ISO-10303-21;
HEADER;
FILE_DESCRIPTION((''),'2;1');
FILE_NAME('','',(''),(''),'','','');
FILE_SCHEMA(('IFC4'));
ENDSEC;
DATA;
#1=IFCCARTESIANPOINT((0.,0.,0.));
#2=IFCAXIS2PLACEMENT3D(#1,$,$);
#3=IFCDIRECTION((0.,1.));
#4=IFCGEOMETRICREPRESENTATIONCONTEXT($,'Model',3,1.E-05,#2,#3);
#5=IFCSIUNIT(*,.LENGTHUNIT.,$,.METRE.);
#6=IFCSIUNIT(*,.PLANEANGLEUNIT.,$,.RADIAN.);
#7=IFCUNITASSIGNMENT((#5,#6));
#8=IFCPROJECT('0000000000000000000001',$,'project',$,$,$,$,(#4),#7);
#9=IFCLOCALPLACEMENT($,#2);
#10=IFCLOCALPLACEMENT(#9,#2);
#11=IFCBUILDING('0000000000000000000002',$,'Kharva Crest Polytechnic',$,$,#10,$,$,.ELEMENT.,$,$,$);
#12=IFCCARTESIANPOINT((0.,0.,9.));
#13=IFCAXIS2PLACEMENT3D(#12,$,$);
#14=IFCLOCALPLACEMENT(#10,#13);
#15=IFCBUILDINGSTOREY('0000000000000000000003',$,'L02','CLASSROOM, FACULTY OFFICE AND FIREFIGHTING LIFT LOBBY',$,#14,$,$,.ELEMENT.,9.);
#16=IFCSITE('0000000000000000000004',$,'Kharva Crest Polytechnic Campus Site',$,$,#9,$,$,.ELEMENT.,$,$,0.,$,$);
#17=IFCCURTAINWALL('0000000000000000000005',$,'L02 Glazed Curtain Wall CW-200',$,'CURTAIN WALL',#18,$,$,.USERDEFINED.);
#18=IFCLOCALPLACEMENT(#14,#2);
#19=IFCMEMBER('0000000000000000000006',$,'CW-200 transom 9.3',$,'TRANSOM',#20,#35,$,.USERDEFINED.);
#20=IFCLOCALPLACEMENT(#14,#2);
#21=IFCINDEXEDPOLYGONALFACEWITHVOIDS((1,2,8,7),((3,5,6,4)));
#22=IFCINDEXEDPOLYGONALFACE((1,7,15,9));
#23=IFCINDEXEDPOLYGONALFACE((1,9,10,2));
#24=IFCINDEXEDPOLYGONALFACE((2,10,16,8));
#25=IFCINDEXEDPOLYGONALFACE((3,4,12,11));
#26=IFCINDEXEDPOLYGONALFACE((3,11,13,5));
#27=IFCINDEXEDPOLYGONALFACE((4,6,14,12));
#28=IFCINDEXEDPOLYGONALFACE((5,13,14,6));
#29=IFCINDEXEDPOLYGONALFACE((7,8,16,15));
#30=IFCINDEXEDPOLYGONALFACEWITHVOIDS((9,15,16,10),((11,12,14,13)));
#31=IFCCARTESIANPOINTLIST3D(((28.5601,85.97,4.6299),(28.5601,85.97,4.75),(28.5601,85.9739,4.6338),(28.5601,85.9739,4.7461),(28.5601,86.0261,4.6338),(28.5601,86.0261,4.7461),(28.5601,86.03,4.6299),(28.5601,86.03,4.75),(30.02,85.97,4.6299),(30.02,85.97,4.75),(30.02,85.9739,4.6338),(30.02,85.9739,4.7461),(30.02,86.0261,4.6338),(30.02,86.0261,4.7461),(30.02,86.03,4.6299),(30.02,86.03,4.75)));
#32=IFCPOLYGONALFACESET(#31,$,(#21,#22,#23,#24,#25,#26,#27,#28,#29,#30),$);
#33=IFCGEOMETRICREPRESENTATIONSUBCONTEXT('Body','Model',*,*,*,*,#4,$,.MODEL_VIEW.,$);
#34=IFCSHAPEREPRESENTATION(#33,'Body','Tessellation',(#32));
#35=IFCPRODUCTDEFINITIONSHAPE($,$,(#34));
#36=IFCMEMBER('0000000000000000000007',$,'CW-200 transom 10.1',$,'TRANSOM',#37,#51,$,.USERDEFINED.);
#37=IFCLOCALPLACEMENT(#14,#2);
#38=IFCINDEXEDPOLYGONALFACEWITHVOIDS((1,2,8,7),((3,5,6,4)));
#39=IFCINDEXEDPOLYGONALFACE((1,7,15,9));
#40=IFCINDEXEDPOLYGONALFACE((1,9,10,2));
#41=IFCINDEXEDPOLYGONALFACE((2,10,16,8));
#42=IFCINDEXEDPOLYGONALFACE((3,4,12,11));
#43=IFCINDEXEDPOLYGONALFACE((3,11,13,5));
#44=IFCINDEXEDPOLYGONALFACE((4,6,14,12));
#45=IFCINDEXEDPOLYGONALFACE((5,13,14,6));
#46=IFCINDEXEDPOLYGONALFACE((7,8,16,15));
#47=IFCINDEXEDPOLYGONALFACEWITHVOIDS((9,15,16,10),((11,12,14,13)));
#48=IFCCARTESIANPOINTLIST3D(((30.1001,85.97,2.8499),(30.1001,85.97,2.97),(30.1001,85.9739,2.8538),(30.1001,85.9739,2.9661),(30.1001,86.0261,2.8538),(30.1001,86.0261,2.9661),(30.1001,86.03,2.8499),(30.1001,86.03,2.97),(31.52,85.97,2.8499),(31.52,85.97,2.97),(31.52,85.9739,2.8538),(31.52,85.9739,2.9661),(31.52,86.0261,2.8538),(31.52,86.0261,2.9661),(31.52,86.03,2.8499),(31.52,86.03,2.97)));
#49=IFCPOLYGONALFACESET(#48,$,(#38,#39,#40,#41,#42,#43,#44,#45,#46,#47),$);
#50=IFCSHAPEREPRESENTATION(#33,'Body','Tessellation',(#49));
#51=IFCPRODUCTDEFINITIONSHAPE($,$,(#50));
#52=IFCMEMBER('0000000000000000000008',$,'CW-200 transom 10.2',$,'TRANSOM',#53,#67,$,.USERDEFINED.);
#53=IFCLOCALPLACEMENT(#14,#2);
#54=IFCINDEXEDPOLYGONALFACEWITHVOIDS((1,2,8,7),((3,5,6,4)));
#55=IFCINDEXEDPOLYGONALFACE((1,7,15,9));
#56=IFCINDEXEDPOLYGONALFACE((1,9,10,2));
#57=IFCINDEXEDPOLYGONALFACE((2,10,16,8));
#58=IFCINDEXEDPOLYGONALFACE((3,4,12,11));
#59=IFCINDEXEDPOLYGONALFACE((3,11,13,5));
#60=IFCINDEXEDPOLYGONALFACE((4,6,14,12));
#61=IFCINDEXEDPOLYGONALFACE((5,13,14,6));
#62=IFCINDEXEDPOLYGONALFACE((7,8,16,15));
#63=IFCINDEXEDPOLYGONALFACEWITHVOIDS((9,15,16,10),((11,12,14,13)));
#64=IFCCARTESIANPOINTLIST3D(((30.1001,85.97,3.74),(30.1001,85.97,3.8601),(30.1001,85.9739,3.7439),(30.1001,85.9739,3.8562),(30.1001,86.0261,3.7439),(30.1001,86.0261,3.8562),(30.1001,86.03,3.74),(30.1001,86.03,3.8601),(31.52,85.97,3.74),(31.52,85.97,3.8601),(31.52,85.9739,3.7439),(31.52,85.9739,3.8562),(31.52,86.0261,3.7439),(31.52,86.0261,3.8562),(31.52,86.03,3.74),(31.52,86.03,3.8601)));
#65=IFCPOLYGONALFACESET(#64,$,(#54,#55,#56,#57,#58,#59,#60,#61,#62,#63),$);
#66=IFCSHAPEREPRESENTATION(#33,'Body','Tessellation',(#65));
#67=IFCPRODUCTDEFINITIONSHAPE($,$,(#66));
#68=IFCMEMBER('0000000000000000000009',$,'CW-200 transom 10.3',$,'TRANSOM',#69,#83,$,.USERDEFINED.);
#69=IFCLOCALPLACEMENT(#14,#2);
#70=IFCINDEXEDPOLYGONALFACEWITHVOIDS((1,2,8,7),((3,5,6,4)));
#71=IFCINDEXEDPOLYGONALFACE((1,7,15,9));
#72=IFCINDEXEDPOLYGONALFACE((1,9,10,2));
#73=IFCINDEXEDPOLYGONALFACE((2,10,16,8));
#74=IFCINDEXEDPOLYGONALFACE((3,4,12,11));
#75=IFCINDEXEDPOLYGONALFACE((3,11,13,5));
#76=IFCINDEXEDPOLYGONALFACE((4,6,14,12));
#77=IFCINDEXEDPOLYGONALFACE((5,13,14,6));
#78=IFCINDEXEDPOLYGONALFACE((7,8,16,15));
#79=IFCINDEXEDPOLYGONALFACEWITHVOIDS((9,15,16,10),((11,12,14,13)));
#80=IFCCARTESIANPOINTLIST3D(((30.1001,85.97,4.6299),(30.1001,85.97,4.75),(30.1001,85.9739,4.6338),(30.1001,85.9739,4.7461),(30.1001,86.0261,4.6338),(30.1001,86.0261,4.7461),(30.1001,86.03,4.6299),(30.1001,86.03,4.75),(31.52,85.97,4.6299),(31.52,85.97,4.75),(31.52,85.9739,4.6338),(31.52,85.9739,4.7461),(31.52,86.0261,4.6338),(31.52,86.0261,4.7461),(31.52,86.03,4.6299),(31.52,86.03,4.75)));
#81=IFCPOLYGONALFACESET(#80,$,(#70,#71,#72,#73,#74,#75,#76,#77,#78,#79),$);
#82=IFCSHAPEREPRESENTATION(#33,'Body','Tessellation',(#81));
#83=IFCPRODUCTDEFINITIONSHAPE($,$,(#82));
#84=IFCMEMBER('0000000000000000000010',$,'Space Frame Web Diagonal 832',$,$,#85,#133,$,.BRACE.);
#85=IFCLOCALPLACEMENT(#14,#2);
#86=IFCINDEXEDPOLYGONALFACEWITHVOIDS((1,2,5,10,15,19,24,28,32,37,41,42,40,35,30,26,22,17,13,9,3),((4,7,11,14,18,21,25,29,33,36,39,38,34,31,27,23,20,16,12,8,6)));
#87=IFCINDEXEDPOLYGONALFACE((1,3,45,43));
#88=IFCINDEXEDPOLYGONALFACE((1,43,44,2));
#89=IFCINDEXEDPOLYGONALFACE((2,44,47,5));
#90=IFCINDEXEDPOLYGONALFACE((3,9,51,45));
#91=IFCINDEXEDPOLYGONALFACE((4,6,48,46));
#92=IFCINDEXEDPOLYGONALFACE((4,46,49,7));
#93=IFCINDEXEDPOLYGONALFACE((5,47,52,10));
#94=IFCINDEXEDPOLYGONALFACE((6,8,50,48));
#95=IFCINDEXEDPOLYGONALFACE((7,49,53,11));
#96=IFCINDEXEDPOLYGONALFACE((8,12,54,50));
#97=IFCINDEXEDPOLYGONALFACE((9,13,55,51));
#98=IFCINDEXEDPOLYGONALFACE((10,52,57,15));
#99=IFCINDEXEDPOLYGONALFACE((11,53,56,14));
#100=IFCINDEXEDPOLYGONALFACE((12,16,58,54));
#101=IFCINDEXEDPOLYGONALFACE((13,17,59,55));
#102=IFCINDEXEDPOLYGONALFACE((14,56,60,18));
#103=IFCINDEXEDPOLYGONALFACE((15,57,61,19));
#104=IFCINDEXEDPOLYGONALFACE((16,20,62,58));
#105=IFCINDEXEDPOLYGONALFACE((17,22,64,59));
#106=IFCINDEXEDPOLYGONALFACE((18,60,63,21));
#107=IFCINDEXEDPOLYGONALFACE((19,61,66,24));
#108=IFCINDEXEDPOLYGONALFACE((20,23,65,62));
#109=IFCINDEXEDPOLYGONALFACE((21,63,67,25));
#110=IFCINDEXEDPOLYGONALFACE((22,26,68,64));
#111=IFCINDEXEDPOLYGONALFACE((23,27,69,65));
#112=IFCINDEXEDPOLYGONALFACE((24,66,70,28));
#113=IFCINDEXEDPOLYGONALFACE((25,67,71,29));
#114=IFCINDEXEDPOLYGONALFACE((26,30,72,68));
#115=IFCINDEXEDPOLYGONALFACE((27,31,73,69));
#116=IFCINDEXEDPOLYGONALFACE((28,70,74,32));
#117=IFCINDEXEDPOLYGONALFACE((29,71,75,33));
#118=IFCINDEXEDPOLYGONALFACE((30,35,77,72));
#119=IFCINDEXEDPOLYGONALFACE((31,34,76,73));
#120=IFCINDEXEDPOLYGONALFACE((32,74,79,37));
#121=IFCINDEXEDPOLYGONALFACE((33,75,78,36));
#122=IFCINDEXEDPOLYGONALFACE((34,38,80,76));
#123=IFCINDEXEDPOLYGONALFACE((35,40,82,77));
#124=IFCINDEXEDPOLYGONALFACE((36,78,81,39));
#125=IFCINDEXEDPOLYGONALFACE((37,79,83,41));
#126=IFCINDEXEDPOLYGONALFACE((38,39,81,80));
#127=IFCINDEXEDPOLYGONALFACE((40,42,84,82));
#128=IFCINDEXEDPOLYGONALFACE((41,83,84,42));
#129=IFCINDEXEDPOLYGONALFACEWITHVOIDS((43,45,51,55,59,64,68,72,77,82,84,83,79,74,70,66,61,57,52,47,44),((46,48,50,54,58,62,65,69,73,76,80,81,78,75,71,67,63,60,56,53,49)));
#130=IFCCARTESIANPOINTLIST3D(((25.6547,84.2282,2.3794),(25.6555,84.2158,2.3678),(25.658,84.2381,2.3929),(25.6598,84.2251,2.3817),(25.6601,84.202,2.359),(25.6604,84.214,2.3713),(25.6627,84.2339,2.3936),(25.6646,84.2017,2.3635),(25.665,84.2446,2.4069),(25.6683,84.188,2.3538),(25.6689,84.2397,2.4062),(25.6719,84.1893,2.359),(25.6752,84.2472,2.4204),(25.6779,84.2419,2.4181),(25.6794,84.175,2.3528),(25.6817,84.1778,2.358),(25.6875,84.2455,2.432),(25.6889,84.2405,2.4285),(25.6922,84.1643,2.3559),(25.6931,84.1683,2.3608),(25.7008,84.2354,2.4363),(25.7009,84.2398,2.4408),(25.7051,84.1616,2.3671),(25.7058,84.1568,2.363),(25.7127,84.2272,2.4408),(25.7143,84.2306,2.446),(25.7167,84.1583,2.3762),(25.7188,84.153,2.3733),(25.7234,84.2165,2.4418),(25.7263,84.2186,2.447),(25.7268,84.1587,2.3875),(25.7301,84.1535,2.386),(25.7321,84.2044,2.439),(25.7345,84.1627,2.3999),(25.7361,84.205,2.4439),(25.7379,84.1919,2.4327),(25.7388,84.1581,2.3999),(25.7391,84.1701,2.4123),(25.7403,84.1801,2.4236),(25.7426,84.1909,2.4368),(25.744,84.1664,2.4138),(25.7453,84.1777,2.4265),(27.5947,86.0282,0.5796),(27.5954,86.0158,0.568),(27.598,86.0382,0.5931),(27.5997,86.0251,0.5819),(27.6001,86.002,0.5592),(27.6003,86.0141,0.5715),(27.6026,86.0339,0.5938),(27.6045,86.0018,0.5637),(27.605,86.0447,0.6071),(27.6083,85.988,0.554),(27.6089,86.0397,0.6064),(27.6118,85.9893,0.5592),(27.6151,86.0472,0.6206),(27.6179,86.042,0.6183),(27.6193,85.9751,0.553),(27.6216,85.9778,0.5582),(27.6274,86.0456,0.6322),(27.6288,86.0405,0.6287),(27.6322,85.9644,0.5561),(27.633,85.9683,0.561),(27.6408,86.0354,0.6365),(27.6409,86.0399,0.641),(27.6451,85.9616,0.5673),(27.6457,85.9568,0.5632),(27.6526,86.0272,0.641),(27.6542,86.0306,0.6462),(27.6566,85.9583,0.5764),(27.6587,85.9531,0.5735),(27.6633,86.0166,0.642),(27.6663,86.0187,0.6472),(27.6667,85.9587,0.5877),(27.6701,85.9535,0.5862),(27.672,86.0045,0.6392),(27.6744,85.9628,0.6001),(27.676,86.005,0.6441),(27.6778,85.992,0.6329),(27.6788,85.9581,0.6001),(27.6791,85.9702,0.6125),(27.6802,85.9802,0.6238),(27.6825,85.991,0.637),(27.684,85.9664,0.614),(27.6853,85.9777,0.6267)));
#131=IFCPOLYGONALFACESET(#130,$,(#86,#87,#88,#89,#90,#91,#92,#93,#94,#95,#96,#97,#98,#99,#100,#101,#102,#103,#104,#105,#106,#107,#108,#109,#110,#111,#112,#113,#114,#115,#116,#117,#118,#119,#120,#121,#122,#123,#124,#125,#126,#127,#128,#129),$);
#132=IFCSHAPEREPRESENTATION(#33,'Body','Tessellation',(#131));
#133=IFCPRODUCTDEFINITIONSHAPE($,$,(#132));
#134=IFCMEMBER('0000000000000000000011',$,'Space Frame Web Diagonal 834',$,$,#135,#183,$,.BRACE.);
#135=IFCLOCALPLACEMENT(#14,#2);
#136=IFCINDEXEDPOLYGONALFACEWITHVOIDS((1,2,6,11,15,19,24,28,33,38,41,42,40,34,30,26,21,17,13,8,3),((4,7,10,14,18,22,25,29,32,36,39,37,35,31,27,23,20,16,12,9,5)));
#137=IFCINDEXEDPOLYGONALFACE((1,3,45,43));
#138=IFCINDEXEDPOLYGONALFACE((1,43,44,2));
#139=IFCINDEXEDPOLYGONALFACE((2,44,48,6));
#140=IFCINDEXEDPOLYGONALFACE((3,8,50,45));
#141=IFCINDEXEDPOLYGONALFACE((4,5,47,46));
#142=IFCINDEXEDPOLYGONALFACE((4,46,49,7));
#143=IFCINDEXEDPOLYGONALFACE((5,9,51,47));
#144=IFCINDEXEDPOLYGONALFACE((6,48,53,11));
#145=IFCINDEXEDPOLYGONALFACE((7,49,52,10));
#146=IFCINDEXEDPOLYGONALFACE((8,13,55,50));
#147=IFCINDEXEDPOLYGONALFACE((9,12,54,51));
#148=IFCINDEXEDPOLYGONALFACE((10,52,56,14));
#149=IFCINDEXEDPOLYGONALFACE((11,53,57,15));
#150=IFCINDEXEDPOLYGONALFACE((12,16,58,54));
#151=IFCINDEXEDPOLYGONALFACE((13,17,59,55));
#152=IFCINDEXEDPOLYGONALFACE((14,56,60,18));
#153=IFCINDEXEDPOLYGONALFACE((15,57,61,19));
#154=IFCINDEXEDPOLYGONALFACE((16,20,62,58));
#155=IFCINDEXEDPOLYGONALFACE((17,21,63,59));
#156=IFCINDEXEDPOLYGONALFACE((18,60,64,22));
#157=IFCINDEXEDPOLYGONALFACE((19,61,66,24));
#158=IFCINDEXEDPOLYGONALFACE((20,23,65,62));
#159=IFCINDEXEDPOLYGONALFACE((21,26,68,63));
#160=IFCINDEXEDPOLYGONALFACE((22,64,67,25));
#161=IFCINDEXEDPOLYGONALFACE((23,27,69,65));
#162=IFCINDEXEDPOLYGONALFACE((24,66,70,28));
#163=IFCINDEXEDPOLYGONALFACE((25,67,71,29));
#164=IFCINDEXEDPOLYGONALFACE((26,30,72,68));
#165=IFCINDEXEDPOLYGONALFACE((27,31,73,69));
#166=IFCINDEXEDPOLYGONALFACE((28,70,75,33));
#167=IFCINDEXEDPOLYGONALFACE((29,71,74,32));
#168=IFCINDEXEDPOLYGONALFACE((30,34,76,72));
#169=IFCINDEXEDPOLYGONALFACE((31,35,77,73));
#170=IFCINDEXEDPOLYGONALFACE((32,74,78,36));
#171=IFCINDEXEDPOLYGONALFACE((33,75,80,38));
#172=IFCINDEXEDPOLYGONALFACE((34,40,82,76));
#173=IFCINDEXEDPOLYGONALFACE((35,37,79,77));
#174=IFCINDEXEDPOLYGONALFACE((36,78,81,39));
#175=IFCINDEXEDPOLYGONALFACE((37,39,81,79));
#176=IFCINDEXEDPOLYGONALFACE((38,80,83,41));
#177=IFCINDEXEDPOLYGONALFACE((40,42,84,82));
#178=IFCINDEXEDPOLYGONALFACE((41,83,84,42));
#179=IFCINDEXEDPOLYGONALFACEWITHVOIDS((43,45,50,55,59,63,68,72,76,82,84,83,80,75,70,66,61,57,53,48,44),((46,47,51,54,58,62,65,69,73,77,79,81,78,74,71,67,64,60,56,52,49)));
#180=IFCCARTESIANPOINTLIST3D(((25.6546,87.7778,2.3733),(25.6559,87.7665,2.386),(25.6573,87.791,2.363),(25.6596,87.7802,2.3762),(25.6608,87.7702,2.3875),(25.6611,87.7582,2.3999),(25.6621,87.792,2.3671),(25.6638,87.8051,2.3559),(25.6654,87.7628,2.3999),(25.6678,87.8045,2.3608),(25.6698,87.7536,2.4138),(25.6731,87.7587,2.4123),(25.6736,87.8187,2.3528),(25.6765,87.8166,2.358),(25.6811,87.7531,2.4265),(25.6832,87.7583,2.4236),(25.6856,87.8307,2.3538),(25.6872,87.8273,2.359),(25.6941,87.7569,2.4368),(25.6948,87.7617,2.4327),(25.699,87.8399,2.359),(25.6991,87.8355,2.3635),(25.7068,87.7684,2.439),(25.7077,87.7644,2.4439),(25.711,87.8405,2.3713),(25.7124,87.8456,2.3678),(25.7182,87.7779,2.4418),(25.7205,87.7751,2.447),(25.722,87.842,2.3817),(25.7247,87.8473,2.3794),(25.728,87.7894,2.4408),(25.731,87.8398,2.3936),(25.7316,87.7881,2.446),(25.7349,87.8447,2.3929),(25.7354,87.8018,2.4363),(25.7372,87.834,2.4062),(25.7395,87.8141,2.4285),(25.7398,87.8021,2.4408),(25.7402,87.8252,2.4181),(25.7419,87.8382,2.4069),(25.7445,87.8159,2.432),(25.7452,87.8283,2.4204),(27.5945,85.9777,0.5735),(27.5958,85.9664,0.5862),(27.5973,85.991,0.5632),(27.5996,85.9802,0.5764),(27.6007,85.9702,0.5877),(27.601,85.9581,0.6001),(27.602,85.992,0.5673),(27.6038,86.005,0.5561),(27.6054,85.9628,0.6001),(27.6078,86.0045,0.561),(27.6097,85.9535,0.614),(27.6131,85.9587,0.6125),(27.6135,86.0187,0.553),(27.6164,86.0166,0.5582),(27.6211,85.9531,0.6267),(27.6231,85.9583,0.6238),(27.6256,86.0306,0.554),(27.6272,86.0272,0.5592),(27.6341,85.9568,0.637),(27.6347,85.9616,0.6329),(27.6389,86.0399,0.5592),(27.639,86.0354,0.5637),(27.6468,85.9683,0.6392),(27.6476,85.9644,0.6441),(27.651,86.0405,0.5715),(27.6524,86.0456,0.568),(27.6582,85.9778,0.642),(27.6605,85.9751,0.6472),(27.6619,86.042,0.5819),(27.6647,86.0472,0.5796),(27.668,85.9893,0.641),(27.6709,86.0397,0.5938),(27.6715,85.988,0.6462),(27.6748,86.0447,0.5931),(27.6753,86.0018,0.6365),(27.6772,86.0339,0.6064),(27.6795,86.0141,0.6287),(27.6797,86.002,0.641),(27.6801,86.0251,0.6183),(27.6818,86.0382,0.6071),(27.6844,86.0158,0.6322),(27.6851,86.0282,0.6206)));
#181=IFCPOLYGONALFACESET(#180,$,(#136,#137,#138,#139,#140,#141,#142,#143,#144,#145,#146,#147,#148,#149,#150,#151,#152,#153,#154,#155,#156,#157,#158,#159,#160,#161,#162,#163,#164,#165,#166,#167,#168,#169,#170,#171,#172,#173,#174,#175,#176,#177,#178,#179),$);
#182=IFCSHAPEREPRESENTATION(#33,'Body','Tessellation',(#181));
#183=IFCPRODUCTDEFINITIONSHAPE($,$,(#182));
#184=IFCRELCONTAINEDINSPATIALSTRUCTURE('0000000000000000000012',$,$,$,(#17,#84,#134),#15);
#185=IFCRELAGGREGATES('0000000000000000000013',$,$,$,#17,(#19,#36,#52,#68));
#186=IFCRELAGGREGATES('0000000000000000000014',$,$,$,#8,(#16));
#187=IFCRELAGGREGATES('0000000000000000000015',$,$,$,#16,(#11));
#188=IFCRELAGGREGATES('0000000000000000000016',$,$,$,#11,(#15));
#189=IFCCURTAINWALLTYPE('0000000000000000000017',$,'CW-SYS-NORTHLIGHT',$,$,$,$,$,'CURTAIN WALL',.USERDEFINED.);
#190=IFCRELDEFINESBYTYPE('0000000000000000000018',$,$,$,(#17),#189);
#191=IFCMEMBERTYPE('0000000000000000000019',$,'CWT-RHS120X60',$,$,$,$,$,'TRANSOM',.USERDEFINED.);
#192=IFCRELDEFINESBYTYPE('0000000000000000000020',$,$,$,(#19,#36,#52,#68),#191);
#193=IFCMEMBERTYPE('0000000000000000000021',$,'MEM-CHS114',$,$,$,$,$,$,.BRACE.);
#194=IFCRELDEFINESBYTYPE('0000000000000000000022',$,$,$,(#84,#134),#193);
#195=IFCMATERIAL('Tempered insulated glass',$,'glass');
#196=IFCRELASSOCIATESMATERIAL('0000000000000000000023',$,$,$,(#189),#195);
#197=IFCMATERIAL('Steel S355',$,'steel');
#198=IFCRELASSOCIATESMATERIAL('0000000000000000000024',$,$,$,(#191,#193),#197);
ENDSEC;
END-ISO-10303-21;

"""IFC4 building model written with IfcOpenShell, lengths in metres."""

from ifc_helpers import new_model, si_unit, direction, frame, origin, origin_2d, place, context, subcontext, project, spatial, hollow_rectangle, hollow_circle, extrude, material, material_profile, profile_set, type_object, element, aggregate, save


model = new_model("IFC4")

# Units and contexts
model_context = context("Model", 3, precision=1e-05, world=origin(), true_north=direction((0.0, 1.0)))
body_context = subcontext(model_context, "Body", "Model", "MODEL_VIEW")
ifc_project = project(units=[si_unit("LENGTHUNIT", "METRE"), si_unit("PLANEANGLEUNIT", "RADIAN")], contexts=[model_context])

# Site, building, storey
site_placement = place(None, origin())
site = spatial("IfcSite", under=ifc_project, at=site_placement, Name="Kharva Crest Polytechnic Campus Site", CompositionType="ELEMENT", RefElevation=0.0)
building_placement = place(site_placement, origin())
building = spatial("IfcBuilding", under=site, at=building_placement, Name="Kharva Crest Polytechnic", CompositionType="ELEMENT")
storey_placement = place(building_placement, frame((0.0, 0.0, 9.0)))
storey = spatial("IfcBuildingStorey", under=building, at=storey_placement, Name="L02", Description="CLASSROOM, FACULTY OFFICE AND FIREFIGHTING LIFT LOBBY", CompositionType="ELEMENT", Elevation=9.0)

# Curtain wall, members
ifc_material_1 = material(Name="Tempered insulated glass", Category="glass")
curtain_wall_type = type_object("IfcCurtainWallType", Name="CW-SYS-NORTHLIGHT", ElementType="CURTAIN WALL", PredefinedType="USERDEFINED", material=ifc_material_1)
curtain_wall_placement = place(storey_placement, origin())
curtain_wall = element("IfcCurtainWall", 1, at=curtain_wall_placement, inside=storey, type_object=curtain_wall_type, Name="L02 Glazed Curtain Wall CW-200", ObjectType="CURTAIN WALL", PredefinedType="USERDEFINED")
ifc_material_2 = material(Name="Steel S355", Category="steel")
ifc_material_profile_1 = material_profile(ifc_material_2, hollow_rectangle(XDim=0.0601, YDim=0.1201, WallThickness=0.0039, at=origin_2d()), Name="RHS 120X60X4.0")
ifc_profile_set_1 = profile_set([ifc_material_profile_1], Name="Steel S355")
member_type_1 = type_object("IfcMemberType", Name="CWT-RHS120X60", ElementType="TRANSOM", PredefinedType="USERDEFINED", material=ifc_profile_set_1)
member_1_placement = place(storey_placement, frame((28.5601, 86.0, 4.6899), z_axis=(1.0, 0.0, 0.0), x_axis=(0.0, 1.0, 0.0)))
member_1 = element("IfcMember", 2, at=member_1_placement, type_object=member_type_1, Name="CW-200 transom 9.3", ObjectType="TRANSOM", PredefinedType="USERDEFINED", context=body_context, shape_type="SweptSolid", body=[
    extrude(hollow_rectangle(XDim=0.0601, YDim=0.1201, WallThickness=0.0039, at=origin_2d()), origin(), (0.0, 0.0, 1.0), 1.46),
])
member_2_placement = place(storey_placement, frame((30.1001, 86.0, 2.9099), z_axis=(1.0, 0.0, 0.0), x_axis=(0.0, 1.0, 0.0)))
member_2 = element("IfcMember", 3, at=member_2_placement, type_object=member_type_1, Name="CW-200 transom 10.1", ObjectType="TRANSOM", PredefinedType="USERDEFINED", context=body_context, shape_type="SweptSolid", body=[
    extrude(hollow_rectangle(XDim=0.0601, YDim=0.1201, WallThickness=0.0039, at=origin_2d()), origin(), (0.0, 0.0, 1.0), 1.4199),
])
member_3_placement = place(storey_placement, frame((30.1001, 86.0, 3.8), z_axis=(1.0, 0.0, 0.0), x_axis=(0.0, 1.0, 0.0)))
member_3 = element("IfcMember", 4, at=member_3_placement, type_object=member_type_1, Name="CW-200 transom 10.2", ObjectType="TRANSOM", PredefinedType="USERDEFINED", context=body_context, shape_type="SweptSolid", body=[
    extrude(hollow_rectangle(XDim=0.0601, YDim=0.1201, WallThickness=0.0039, at=origin_2d()), origin(), (0.0, 0.0, 1.0), 1.4199),
])
member_4_placement = place(storey_placement, frame((30.1001, 86.0, 4.6899), z_axis=(1.0, 0.0, 0.0), x_axis=(0.0, 1.0, 0.0)))
member_4 = element("IfcMember", 5, at=member_4_placement, type_object=member_type_1, Name="CW-200 transom 10.3", ObjectType="TRANSOM", PredefinedType="USERDEFINED", context=body_context, shape_type="SweptSolid", body=[
    extrude(hollow_rectangle(XDim=0.0601, YDim=0.1201, WallThickness=0.0039, at=origin_2d()), origin(), (0.0, 0.0, 1.0), 1.4199),
])

# Members
ifc_material_profile_2 = material_profile(ifc_material_2, hollow_circle(Radius=0.0571, WallThickness=0.0063, at=origin_2d()), Name="CHS 114.3X6.3")
ifc_profile_set_2 = profile_set([ifc_material_profile_2], Name="Steel S355")
member_type_2 = type_object("IfcMemberType", Name="MEM-CHS114", PredefinedType="BRACE", material=ifc_profile_set_2)
for number, where, z_axis, x_axis, name in (
    (6, (27.6399, 86.0, 0.6001), (-0.606147, -0.562437, 0.562361), (0.680182, -0.733043, 0.0), "Space Frame Web Diagonal 832"),
    (7, (27.6399, 86.0, 0.6001), (-0.606147, 0.562437, 0.562361), (-0.680182, -0.733043, 0.0), "Space Frame Web Diagonal 834"),
):
    element("IfcMember", number, at=place(storey_placement, frame(where, z_axis=z_axis, x_axis=x_axis)), inside=storey, type_object=member_type_2, Name=name, PredefinedType="BRACE", context=body_context, shape_type="SweptSolid", body=[
        extrude(hollow_circle(Radius=0.0571, WallThickness=0.0063, at=origin_2d()), origin(), (0.0, 0.0, 1.0), 3.2004),
    ])

aggregate(curtain_wall, [member_1, member_2, member_3, member_4])

save(model, "model.ifc")
